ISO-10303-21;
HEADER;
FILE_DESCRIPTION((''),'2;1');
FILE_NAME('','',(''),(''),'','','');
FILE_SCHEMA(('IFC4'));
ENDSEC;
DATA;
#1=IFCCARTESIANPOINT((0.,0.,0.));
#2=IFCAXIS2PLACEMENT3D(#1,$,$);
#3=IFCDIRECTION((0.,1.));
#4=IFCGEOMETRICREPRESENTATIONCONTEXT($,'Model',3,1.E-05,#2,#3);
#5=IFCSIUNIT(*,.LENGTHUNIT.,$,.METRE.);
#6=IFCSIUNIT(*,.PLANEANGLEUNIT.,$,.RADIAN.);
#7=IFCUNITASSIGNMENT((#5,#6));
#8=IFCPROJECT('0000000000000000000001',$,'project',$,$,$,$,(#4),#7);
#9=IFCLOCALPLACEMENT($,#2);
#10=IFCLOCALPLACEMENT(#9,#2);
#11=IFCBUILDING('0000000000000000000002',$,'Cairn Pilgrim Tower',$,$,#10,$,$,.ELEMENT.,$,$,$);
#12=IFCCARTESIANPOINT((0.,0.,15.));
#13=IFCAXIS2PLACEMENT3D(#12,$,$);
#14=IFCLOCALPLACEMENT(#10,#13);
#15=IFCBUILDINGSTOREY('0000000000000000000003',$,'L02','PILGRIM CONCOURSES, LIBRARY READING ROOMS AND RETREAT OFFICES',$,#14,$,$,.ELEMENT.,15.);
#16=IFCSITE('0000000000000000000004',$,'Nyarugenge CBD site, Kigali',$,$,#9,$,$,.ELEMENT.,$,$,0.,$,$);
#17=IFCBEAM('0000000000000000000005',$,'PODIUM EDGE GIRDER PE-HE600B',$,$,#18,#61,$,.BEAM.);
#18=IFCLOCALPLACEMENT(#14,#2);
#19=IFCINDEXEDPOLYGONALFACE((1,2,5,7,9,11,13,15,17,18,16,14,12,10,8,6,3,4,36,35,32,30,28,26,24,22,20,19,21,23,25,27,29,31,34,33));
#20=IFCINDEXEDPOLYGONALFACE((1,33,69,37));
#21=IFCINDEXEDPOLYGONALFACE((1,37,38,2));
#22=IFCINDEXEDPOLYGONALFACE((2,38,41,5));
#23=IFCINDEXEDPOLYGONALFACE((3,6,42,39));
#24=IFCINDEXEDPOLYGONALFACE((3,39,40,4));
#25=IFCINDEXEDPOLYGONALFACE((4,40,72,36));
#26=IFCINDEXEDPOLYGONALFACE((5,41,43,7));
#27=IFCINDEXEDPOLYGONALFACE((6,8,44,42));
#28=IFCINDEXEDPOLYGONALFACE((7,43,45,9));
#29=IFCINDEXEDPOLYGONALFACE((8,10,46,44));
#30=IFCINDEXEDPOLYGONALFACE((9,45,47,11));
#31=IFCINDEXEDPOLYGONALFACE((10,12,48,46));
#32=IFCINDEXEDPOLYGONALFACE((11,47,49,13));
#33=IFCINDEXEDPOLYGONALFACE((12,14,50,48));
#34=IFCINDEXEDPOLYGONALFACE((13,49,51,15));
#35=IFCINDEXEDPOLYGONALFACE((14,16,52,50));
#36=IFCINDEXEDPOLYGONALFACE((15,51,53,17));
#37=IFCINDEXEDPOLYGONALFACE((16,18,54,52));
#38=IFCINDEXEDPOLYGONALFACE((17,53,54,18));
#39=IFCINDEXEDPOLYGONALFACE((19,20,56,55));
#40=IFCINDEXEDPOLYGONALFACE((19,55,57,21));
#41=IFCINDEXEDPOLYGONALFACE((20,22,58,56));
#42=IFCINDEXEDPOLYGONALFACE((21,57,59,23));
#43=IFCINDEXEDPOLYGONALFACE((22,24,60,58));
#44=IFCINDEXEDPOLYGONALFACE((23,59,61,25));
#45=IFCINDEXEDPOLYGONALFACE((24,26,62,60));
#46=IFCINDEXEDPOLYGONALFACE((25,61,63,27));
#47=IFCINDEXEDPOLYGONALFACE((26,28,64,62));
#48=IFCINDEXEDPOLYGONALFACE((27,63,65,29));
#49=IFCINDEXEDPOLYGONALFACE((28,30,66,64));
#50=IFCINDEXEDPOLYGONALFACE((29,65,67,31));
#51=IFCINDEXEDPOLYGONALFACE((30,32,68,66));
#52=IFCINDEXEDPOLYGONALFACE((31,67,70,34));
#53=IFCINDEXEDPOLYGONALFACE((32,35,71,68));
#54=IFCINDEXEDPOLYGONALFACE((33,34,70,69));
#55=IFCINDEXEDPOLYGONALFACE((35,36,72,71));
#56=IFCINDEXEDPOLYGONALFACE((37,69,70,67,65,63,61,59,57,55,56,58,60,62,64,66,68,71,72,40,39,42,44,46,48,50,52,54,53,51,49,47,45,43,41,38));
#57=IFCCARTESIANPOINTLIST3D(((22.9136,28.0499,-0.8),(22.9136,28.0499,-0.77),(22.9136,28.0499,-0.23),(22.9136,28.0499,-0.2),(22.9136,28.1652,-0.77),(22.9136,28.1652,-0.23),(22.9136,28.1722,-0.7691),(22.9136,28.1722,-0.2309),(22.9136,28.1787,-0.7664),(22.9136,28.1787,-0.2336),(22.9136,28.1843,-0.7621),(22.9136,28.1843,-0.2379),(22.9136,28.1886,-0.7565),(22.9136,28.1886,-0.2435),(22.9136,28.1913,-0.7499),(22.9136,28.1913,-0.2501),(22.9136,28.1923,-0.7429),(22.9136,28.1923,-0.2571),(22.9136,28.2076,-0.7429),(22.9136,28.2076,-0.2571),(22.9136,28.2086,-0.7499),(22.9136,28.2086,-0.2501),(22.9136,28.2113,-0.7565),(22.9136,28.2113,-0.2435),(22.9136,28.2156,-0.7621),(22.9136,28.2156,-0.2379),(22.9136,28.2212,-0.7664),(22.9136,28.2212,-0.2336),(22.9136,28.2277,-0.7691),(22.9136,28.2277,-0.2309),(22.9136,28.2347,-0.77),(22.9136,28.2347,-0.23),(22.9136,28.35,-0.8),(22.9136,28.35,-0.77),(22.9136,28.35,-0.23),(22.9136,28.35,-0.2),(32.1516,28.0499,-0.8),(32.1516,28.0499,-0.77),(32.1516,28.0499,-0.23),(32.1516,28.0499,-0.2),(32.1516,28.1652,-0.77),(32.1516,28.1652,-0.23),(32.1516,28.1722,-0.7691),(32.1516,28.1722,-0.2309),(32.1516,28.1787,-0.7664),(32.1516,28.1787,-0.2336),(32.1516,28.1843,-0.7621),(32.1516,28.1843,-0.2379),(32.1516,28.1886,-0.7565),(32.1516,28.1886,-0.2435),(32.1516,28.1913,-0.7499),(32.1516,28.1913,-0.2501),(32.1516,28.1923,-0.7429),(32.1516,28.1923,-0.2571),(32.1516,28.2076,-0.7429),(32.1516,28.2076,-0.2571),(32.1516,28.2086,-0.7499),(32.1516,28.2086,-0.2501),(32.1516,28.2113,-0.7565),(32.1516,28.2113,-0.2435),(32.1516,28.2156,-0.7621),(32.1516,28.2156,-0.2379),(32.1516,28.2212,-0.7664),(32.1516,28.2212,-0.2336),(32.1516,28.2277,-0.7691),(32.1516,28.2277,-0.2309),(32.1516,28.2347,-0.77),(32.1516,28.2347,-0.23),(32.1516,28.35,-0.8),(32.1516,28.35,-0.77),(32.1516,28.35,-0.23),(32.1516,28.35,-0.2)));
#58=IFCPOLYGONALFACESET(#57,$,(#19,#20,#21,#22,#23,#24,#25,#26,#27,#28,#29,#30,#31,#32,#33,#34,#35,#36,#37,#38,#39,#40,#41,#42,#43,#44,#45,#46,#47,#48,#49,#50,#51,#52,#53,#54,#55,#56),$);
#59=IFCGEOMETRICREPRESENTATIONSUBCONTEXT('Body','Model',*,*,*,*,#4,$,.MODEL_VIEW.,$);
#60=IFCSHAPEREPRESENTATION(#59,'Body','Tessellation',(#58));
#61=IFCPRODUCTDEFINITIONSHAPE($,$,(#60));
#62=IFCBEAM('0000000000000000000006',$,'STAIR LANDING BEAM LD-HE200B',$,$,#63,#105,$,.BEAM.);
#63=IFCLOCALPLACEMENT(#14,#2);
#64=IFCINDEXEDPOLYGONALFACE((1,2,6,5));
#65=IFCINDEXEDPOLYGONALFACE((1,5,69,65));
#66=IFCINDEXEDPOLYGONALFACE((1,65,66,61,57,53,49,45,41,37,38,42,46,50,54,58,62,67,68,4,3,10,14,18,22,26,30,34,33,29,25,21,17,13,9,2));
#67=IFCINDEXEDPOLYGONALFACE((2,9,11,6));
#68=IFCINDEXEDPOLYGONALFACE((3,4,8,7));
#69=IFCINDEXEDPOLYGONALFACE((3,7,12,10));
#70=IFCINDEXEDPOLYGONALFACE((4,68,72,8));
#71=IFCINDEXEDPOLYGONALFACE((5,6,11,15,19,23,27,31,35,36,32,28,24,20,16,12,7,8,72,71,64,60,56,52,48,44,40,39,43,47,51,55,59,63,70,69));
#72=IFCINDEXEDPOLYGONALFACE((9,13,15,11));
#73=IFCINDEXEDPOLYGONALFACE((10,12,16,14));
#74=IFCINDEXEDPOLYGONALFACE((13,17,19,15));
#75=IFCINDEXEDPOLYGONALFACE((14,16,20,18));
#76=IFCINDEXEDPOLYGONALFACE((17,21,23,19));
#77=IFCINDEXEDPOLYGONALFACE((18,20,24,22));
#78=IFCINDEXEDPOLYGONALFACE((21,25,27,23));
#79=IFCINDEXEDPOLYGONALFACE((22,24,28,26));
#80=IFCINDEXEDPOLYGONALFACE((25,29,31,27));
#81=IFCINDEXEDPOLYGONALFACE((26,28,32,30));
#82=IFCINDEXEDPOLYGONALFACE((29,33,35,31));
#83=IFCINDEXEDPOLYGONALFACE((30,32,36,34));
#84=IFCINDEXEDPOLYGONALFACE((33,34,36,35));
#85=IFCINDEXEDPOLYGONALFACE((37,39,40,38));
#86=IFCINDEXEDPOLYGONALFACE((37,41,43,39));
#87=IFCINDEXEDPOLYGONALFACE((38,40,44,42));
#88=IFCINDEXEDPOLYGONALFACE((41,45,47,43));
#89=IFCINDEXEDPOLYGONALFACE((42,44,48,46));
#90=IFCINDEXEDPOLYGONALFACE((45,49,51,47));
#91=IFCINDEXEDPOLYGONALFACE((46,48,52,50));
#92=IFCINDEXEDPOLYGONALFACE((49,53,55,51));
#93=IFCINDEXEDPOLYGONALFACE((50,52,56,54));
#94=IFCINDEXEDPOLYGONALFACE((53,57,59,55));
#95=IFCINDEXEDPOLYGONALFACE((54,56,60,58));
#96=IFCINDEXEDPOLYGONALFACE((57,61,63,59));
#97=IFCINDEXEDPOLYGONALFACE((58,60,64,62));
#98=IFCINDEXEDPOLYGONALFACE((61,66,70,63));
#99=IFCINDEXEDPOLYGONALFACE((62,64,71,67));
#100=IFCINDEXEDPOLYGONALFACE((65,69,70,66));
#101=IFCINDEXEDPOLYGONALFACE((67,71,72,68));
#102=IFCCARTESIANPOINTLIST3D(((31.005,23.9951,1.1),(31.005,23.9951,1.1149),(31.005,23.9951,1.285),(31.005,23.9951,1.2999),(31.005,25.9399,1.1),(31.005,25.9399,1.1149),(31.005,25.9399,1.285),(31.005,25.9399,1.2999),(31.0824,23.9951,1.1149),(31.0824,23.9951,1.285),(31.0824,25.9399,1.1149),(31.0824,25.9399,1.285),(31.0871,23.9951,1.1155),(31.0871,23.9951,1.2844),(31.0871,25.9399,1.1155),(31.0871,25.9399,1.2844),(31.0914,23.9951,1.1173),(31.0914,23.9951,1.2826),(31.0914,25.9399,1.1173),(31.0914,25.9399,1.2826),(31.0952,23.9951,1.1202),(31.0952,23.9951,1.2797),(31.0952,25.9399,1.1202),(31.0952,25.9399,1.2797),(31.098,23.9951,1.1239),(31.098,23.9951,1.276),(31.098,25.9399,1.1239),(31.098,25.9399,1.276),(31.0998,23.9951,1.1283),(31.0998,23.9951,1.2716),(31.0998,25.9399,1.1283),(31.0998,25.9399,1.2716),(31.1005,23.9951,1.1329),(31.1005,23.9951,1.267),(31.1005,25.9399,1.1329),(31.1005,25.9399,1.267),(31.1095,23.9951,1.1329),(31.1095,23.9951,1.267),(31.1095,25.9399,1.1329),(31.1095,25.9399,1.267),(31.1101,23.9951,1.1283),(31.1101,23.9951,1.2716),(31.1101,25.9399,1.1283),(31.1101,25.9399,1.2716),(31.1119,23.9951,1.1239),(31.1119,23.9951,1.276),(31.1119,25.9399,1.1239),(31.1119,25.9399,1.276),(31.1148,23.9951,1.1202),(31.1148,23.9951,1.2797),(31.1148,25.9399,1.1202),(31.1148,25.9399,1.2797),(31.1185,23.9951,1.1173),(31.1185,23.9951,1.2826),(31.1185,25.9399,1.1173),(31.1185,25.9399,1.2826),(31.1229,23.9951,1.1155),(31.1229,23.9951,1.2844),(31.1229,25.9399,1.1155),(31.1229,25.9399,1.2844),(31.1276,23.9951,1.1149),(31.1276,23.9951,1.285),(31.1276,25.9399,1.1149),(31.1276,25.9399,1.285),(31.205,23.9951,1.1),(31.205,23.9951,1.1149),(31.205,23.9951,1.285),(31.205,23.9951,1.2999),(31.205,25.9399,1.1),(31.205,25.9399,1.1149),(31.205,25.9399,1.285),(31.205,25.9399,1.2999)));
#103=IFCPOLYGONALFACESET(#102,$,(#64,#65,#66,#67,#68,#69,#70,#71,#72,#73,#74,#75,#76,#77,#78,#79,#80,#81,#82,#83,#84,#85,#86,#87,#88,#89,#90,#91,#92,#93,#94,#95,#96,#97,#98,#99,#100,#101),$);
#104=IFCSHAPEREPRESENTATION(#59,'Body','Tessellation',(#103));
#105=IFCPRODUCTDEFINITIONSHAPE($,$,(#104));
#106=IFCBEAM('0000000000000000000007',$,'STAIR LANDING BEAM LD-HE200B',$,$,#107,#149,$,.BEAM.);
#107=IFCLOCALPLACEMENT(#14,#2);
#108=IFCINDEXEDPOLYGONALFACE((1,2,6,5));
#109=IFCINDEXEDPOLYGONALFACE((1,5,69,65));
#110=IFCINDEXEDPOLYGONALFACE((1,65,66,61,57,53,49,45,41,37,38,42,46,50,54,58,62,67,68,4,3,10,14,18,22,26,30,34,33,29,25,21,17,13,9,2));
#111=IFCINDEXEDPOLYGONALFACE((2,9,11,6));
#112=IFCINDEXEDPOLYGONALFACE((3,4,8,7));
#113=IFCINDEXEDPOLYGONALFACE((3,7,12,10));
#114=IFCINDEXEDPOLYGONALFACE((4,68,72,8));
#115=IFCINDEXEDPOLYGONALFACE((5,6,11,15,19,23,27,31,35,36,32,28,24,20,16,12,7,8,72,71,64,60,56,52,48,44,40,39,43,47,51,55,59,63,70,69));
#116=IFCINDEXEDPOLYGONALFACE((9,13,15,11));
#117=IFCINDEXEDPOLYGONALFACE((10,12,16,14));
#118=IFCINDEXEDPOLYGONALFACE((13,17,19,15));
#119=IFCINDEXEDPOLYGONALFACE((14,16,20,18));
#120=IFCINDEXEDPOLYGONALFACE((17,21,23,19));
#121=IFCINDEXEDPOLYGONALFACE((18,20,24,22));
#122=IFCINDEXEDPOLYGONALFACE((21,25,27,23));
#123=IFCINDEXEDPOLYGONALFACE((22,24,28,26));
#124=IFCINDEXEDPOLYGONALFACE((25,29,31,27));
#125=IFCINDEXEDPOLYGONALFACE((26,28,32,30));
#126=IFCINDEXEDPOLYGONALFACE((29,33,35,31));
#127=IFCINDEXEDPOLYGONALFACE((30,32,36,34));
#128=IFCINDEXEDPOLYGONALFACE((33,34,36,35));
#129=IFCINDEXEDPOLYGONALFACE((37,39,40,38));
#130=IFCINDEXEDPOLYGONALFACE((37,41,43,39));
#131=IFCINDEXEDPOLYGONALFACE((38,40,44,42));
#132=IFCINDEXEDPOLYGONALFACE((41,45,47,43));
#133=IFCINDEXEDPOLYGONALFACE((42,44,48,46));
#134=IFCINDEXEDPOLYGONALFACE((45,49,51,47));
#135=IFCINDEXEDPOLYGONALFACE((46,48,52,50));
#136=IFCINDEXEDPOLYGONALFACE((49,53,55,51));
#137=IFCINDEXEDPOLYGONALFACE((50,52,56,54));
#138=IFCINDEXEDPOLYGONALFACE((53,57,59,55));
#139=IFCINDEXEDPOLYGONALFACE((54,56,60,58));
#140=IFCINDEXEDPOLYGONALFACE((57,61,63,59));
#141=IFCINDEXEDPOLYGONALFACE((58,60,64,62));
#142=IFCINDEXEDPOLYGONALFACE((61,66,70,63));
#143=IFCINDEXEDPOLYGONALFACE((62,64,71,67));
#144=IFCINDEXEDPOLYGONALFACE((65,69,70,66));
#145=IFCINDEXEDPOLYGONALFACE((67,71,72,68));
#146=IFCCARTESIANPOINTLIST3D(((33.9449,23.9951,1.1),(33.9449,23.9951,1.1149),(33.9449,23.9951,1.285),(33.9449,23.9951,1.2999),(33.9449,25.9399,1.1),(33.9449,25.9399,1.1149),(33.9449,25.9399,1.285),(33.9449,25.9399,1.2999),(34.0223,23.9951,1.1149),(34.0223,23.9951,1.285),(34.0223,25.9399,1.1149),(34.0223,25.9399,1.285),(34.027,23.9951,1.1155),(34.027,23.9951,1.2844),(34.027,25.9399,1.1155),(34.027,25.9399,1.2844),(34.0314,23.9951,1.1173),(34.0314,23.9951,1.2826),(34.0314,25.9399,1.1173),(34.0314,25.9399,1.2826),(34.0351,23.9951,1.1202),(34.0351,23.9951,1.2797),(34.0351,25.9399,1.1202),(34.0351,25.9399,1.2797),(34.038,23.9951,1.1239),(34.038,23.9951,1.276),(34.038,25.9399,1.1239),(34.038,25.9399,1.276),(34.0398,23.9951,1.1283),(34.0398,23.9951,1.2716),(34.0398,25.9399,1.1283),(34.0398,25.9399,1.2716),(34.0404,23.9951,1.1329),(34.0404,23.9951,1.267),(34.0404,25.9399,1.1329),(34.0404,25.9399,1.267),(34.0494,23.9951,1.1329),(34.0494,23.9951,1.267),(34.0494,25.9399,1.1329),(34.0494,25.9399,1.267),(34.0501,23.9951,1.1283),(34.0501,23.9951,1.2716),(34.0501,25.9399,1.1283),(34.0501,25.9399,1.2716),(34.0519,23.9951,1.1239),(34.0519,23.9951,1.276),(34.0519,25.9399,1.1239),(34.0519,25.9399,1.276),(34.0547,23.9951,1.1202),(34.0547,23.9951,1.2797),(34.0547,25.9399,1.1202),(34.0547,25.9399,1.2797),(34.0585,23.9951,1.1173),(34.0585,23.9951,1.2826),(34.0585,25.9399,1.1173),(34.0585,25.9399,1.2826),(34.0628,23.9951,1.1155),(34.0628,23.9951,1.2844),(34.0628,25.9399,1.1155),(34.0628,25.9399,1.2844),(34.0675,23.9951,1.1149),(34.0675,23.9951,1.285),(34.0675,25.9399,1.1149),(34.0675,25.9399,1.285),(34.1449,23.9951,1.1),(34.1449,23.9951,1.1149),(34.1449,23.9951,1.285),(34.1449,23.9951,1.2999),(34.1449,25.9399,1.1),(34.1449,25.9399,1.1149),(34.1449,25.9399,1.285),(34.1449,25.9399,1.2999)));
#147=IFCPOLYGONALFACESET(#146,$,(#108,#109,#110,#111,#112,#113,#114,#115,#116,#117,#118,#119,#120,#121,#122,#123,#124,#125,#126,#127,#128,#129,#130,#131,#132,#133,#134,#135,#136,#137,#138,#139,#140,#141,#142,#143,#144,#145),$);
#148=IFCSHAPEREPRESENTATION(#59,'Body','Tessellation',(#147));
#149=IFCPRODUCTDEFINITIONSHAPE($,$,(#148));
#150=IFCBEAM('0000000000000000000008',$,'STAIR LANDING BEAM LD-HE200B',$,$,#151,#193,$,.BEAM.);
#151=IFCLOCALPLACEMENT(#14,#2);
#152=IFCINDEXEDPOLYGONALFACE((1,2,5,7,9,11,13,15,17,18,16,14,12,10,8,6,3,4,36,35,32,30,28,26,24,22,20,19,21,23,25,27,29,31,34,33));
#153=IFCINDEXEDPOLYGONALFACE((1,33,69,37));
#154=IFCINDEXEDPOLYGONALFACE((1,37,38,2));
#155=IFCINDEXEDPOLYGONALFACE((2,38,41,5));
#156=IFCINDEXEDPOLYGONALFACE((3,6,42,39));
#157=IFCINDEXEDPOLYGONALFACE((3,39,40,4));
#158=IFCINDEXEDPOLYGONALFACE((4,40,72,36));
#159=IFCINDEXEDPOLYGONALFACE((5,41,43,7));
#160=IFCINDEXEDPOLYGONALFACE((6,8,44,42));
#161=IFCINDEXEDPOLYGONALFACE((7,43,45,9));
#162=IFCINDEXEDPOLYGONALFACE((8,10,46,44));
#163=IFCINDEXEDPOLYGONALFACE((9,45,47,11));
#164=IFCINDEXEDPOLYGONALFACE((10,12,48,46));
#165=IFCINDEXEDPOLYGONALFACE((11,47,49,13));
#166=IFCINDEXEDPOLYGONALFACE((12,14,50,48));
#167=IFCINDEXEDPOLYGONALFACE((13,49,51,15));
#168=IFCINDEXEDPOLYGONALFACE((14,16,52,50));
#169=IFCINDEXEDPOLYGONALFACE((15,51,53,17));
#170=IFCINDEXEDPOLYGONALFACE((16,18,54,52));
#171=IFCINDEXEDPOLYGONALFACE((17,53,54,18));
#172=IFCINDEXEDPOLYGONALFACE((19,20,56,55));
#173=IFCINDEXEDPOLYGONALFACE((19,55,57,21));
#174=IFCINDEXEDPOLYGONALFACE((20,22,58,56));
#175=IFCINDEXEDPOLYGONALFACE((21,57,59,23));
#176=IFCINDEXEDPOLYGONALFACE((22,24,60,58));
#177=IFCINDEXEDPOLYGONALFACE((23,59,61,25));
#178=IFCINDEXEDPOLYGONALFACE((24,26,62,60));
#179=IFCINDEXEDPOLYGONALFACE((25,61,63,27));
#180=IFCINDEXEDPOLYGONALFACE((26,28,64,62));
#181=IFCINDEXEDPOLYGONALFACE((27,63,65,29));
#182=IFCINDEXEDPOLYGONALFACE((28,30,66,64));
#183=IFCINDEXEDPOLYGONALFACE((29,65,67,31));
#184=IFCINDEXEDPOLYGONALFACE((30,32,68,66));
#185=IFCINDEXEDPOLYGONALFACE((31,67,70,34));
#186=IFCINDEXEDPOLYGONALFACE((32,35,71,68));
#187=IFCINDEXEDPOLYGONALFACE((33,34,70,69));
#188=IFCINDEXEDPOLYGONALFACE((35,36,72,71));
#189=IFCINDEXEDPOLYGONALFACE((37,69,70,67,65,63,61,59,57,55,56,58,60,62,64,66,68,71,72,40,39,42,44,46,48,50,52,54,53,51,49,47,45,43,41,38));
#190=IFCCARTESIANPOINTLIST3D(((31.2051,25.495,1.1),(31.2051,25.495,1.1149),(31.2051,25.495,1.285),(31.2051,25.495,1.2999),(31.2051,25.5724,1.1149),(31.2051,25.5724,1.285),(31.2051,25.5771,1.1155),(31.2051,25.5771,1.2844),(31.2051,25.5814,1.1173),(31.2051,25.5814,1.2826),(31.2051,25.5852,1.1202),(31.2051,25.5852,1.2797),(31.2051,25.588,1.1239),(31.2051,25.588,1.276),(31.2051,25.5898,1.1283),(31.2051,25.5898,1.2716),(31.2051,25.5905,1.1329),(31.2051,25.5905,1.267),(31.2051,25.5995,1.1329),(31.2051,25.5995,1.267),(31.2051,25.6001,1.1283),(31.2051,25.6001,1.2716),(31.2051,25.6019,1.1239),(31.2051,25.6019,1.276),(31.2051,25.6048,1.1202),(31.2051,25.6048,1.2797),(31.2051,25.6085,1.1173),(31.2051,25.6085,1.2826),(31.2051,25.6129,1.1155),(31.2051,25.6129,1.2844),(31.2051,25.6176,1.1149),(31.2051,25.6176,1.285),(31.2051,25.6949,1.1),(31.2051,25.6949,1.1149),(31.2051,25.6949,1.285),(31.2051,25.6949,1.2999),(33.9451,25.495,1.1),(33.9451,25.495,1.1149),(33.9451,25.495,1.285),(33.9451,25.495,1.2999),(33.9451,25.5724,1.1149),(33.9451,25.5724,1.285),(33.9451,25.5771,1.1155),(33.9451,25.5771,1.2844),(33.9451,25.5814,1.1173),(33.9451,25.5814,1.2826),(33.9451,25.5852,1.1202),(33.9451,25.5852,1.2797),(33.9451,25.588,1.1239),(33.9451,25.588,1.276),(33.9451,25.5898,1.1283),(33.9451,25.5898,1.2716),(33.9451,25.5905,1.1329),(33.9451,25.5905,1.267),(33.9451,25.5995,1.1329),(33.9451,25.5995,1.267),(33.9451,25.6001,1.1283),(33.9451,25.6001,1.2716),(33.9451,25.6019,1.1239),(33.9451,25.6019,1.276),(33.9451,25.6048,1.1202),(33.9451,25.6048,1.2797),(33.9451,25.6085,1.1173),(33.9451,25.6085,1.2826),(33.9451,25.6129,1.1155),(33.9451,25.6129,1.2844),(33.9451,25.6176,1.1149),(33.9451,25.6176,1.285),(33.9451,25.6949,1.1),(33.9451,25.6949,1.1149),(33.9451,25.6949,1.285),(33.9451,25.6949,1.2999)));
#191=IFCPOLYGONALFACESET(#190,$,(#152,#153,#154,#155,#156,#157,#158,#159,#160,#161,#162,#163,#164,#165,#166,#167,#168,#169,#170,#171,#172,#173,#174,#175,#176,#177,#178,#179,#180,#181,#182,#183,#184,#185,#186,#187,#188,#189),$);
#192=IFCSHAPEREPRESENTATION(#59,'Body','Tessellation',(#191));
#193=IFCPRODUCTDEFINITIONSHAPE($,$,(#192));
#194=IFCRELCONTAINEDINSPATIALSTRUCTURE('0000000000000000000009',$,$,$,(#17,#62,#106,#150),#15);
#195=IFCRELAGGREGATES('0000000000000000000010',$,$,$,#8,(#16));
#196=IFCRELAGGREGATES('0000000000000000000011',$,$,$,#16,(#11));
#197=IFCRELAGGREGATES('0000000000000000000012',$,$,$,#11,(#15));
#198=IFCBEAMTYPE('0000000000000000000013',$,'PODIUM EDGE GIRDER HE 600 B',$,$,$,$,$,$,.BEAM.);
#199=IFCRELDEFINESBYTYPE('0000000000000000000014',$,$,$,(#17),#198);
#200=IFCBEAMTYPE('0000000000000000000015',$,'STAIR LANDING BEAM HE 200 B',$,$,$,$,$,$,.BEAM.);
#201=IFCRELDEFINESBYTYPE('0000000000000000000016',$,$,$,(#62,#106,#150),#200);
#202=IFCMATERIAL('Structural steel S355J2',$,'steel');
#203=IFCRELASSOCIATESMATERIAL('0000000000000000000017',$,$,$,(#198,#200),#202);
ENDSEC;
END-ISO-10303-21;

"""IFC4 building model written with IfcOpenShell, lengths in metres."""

from ifc_helpers import new_model, si_unit, direction, frame, origin, origin_2d, place, context, subcontext, project, spatial, i_section, extrude, material, material_profile, profile_set, type_object, element, save


model = new_model("IFC4")

# Units and contexts
model_context = context("Model", 3, precision=1e-05, world=origin(), true_north=direction((0.0, 1.0)))
body_context = subcontext(model_context, "Body", "Model", "MODEL_VIEW")
ifc_project = project(units=[si_unit("LENGTHUNIT", "METRE"), si_unit("PLANEANGLEUNIT", "RADIAN")], contexts=[model_context])

# Site, building, storey
site_placement = place(None, origin())
site = spatial("IfcSite", under=ifc_project, at=site_placement, Name="Nyarugenge CBD site, Kigali", CompositionType="ELEMENT", RefElevation=0.0)
building_placement = place(site_placement, origin())
building = spatial("IfcBuilding", under=site, at=building_placement, Name="Cairn Pilgrim Tower", CompositionType="ELEMENT")
storey_placement = place(building_placement, frame((0.0, 0.0, 15.0)))
storey = spatial("IfcBuildingStorey", under=building, at=storey_placement, Name="L02", Description="PILGRIM CONCOURSES, LIBRARY READING ROOMS AND RETREAT OFFICES", CompositionType="ELEMENT", Elevation=15.0)

# Shared definitions
ifc_material_1 = material(Name="Structural steel S355J2", Category="steel")

# Beams
ifc_material_profile_1 = material_profile(ifc_material_1, i_section(OverallWidth=0.3, OverallDepth=0.6001, WebThickness=0.0154, FlangeThickness=0.03, FilletRadius=0.0271, at=origin_2d()), Name="HEB 600")
ifc_profile_set_1 = profile_set([ifc_material_profile_1], Name="Structural steel S355J2")
beam_type_1 = type_object("IfcBeamType", Name="PODIUM EDGE GIRDER HE 600 B", PredefinedType="BEAM", material=ifc_profile_set_1)
beam_1_placement = place(storey_placement, frame((32.1516, 28.2, -0.5), z_axis=(-1.0, 0.0, 0.0), x_axis=(0.0, -1.0, 0.0)))
element("IfcBeam", 1, at=beam_1_placement, inside=storey, type_object=beam_type_1, Name="PODIUM EDGE GIRDER PE-HE600B", PredefinedType="BEAM", context=body_context, shape_type="SweptSolid", body=[
    extrude(i_section(OverallWidth=0.3, OverallDepth=0.6001, WebThickness=0.0154, FlangeThickness=0.03, FilletRadius=0.0271, at=origin_2d()), origin(), (0.0, 0.0, 1.0), 9.238),
])
ifc_material_profile_2 = material_profile(ifc_material_1, i_section(OverallWidth=0.2, OverallDepth=0.2, WebThickness=0.009, FlangeThickness=0.0149, FilletRadius=0.0181, at=origin_2d()), Name="HE 200 B")
ifc_profile_set_2 = profile_set([ifc_material_profile_2], Name="Structural steel S355J2")
beam_type_2 = type_object("IfcBeamType", Name="STAIR LANDING BEAM HE 200 B", PredefinedType="BEAM", material=ifc_profile_set_2)
for number, where, z_axis, x_axis, name in (
    (2, (31.105, 25.9399, 1.2), (0.0, -1.0, 0.0), (1.0, 0.0, 0.0), "STAIR LANDING BEAM LD-HE200B"),
    (3, (34.0449, 25.9399, 1.2), (0.0, -1.0, 0.0), (1.0, 0.0, 0.0), "STAIR LANDING BEAM LD-HE200B"),
):
    element("IfcBeam", number, at=place(storey_placement, frame(where, z_axis=z_axis, x_axis=x_axis)), inside=storey, type_object=beam_type_2, Name=name, PredefinedType="BEAM", context=body_context, shape_type="SweptSolid", body=[
        extrude(i_section(OverallWidth=0.2, OverallDepth=0.2, WebThickness=0.009, FlangeThickness=0.0149, FilletRadius=0.0181, at=origin_2d()), origin(), (0.0, 0.0, 1.0), 1.9448),
    ])
beam_2_placement = place(storey_placement, frame((31.2051, 25.595, 1.2), z_axis=(1.0, 0.0, 0.0), x_axis=(0.0, 1.0, 0.0)))
element("IfcBeam", 4, at=beam_2_placement, inside=storey, type_object=beam_type_2, Name="STAIR LANDING BEAM LD-HE200B", PredefinedType="BEAM", context=body_context, shape_type="SweptSolid", body=[
    extrude(i_section(OverallWidth=0.2, OverallDepth=0.2, WebThickness=0.009, FlangeThickness=0.0149, FilletRadius=0.0181, at=origin_2d()), origin(), (0.0, 0.0, 1.0), 2.74),
])

save(model, "model.ifc")
